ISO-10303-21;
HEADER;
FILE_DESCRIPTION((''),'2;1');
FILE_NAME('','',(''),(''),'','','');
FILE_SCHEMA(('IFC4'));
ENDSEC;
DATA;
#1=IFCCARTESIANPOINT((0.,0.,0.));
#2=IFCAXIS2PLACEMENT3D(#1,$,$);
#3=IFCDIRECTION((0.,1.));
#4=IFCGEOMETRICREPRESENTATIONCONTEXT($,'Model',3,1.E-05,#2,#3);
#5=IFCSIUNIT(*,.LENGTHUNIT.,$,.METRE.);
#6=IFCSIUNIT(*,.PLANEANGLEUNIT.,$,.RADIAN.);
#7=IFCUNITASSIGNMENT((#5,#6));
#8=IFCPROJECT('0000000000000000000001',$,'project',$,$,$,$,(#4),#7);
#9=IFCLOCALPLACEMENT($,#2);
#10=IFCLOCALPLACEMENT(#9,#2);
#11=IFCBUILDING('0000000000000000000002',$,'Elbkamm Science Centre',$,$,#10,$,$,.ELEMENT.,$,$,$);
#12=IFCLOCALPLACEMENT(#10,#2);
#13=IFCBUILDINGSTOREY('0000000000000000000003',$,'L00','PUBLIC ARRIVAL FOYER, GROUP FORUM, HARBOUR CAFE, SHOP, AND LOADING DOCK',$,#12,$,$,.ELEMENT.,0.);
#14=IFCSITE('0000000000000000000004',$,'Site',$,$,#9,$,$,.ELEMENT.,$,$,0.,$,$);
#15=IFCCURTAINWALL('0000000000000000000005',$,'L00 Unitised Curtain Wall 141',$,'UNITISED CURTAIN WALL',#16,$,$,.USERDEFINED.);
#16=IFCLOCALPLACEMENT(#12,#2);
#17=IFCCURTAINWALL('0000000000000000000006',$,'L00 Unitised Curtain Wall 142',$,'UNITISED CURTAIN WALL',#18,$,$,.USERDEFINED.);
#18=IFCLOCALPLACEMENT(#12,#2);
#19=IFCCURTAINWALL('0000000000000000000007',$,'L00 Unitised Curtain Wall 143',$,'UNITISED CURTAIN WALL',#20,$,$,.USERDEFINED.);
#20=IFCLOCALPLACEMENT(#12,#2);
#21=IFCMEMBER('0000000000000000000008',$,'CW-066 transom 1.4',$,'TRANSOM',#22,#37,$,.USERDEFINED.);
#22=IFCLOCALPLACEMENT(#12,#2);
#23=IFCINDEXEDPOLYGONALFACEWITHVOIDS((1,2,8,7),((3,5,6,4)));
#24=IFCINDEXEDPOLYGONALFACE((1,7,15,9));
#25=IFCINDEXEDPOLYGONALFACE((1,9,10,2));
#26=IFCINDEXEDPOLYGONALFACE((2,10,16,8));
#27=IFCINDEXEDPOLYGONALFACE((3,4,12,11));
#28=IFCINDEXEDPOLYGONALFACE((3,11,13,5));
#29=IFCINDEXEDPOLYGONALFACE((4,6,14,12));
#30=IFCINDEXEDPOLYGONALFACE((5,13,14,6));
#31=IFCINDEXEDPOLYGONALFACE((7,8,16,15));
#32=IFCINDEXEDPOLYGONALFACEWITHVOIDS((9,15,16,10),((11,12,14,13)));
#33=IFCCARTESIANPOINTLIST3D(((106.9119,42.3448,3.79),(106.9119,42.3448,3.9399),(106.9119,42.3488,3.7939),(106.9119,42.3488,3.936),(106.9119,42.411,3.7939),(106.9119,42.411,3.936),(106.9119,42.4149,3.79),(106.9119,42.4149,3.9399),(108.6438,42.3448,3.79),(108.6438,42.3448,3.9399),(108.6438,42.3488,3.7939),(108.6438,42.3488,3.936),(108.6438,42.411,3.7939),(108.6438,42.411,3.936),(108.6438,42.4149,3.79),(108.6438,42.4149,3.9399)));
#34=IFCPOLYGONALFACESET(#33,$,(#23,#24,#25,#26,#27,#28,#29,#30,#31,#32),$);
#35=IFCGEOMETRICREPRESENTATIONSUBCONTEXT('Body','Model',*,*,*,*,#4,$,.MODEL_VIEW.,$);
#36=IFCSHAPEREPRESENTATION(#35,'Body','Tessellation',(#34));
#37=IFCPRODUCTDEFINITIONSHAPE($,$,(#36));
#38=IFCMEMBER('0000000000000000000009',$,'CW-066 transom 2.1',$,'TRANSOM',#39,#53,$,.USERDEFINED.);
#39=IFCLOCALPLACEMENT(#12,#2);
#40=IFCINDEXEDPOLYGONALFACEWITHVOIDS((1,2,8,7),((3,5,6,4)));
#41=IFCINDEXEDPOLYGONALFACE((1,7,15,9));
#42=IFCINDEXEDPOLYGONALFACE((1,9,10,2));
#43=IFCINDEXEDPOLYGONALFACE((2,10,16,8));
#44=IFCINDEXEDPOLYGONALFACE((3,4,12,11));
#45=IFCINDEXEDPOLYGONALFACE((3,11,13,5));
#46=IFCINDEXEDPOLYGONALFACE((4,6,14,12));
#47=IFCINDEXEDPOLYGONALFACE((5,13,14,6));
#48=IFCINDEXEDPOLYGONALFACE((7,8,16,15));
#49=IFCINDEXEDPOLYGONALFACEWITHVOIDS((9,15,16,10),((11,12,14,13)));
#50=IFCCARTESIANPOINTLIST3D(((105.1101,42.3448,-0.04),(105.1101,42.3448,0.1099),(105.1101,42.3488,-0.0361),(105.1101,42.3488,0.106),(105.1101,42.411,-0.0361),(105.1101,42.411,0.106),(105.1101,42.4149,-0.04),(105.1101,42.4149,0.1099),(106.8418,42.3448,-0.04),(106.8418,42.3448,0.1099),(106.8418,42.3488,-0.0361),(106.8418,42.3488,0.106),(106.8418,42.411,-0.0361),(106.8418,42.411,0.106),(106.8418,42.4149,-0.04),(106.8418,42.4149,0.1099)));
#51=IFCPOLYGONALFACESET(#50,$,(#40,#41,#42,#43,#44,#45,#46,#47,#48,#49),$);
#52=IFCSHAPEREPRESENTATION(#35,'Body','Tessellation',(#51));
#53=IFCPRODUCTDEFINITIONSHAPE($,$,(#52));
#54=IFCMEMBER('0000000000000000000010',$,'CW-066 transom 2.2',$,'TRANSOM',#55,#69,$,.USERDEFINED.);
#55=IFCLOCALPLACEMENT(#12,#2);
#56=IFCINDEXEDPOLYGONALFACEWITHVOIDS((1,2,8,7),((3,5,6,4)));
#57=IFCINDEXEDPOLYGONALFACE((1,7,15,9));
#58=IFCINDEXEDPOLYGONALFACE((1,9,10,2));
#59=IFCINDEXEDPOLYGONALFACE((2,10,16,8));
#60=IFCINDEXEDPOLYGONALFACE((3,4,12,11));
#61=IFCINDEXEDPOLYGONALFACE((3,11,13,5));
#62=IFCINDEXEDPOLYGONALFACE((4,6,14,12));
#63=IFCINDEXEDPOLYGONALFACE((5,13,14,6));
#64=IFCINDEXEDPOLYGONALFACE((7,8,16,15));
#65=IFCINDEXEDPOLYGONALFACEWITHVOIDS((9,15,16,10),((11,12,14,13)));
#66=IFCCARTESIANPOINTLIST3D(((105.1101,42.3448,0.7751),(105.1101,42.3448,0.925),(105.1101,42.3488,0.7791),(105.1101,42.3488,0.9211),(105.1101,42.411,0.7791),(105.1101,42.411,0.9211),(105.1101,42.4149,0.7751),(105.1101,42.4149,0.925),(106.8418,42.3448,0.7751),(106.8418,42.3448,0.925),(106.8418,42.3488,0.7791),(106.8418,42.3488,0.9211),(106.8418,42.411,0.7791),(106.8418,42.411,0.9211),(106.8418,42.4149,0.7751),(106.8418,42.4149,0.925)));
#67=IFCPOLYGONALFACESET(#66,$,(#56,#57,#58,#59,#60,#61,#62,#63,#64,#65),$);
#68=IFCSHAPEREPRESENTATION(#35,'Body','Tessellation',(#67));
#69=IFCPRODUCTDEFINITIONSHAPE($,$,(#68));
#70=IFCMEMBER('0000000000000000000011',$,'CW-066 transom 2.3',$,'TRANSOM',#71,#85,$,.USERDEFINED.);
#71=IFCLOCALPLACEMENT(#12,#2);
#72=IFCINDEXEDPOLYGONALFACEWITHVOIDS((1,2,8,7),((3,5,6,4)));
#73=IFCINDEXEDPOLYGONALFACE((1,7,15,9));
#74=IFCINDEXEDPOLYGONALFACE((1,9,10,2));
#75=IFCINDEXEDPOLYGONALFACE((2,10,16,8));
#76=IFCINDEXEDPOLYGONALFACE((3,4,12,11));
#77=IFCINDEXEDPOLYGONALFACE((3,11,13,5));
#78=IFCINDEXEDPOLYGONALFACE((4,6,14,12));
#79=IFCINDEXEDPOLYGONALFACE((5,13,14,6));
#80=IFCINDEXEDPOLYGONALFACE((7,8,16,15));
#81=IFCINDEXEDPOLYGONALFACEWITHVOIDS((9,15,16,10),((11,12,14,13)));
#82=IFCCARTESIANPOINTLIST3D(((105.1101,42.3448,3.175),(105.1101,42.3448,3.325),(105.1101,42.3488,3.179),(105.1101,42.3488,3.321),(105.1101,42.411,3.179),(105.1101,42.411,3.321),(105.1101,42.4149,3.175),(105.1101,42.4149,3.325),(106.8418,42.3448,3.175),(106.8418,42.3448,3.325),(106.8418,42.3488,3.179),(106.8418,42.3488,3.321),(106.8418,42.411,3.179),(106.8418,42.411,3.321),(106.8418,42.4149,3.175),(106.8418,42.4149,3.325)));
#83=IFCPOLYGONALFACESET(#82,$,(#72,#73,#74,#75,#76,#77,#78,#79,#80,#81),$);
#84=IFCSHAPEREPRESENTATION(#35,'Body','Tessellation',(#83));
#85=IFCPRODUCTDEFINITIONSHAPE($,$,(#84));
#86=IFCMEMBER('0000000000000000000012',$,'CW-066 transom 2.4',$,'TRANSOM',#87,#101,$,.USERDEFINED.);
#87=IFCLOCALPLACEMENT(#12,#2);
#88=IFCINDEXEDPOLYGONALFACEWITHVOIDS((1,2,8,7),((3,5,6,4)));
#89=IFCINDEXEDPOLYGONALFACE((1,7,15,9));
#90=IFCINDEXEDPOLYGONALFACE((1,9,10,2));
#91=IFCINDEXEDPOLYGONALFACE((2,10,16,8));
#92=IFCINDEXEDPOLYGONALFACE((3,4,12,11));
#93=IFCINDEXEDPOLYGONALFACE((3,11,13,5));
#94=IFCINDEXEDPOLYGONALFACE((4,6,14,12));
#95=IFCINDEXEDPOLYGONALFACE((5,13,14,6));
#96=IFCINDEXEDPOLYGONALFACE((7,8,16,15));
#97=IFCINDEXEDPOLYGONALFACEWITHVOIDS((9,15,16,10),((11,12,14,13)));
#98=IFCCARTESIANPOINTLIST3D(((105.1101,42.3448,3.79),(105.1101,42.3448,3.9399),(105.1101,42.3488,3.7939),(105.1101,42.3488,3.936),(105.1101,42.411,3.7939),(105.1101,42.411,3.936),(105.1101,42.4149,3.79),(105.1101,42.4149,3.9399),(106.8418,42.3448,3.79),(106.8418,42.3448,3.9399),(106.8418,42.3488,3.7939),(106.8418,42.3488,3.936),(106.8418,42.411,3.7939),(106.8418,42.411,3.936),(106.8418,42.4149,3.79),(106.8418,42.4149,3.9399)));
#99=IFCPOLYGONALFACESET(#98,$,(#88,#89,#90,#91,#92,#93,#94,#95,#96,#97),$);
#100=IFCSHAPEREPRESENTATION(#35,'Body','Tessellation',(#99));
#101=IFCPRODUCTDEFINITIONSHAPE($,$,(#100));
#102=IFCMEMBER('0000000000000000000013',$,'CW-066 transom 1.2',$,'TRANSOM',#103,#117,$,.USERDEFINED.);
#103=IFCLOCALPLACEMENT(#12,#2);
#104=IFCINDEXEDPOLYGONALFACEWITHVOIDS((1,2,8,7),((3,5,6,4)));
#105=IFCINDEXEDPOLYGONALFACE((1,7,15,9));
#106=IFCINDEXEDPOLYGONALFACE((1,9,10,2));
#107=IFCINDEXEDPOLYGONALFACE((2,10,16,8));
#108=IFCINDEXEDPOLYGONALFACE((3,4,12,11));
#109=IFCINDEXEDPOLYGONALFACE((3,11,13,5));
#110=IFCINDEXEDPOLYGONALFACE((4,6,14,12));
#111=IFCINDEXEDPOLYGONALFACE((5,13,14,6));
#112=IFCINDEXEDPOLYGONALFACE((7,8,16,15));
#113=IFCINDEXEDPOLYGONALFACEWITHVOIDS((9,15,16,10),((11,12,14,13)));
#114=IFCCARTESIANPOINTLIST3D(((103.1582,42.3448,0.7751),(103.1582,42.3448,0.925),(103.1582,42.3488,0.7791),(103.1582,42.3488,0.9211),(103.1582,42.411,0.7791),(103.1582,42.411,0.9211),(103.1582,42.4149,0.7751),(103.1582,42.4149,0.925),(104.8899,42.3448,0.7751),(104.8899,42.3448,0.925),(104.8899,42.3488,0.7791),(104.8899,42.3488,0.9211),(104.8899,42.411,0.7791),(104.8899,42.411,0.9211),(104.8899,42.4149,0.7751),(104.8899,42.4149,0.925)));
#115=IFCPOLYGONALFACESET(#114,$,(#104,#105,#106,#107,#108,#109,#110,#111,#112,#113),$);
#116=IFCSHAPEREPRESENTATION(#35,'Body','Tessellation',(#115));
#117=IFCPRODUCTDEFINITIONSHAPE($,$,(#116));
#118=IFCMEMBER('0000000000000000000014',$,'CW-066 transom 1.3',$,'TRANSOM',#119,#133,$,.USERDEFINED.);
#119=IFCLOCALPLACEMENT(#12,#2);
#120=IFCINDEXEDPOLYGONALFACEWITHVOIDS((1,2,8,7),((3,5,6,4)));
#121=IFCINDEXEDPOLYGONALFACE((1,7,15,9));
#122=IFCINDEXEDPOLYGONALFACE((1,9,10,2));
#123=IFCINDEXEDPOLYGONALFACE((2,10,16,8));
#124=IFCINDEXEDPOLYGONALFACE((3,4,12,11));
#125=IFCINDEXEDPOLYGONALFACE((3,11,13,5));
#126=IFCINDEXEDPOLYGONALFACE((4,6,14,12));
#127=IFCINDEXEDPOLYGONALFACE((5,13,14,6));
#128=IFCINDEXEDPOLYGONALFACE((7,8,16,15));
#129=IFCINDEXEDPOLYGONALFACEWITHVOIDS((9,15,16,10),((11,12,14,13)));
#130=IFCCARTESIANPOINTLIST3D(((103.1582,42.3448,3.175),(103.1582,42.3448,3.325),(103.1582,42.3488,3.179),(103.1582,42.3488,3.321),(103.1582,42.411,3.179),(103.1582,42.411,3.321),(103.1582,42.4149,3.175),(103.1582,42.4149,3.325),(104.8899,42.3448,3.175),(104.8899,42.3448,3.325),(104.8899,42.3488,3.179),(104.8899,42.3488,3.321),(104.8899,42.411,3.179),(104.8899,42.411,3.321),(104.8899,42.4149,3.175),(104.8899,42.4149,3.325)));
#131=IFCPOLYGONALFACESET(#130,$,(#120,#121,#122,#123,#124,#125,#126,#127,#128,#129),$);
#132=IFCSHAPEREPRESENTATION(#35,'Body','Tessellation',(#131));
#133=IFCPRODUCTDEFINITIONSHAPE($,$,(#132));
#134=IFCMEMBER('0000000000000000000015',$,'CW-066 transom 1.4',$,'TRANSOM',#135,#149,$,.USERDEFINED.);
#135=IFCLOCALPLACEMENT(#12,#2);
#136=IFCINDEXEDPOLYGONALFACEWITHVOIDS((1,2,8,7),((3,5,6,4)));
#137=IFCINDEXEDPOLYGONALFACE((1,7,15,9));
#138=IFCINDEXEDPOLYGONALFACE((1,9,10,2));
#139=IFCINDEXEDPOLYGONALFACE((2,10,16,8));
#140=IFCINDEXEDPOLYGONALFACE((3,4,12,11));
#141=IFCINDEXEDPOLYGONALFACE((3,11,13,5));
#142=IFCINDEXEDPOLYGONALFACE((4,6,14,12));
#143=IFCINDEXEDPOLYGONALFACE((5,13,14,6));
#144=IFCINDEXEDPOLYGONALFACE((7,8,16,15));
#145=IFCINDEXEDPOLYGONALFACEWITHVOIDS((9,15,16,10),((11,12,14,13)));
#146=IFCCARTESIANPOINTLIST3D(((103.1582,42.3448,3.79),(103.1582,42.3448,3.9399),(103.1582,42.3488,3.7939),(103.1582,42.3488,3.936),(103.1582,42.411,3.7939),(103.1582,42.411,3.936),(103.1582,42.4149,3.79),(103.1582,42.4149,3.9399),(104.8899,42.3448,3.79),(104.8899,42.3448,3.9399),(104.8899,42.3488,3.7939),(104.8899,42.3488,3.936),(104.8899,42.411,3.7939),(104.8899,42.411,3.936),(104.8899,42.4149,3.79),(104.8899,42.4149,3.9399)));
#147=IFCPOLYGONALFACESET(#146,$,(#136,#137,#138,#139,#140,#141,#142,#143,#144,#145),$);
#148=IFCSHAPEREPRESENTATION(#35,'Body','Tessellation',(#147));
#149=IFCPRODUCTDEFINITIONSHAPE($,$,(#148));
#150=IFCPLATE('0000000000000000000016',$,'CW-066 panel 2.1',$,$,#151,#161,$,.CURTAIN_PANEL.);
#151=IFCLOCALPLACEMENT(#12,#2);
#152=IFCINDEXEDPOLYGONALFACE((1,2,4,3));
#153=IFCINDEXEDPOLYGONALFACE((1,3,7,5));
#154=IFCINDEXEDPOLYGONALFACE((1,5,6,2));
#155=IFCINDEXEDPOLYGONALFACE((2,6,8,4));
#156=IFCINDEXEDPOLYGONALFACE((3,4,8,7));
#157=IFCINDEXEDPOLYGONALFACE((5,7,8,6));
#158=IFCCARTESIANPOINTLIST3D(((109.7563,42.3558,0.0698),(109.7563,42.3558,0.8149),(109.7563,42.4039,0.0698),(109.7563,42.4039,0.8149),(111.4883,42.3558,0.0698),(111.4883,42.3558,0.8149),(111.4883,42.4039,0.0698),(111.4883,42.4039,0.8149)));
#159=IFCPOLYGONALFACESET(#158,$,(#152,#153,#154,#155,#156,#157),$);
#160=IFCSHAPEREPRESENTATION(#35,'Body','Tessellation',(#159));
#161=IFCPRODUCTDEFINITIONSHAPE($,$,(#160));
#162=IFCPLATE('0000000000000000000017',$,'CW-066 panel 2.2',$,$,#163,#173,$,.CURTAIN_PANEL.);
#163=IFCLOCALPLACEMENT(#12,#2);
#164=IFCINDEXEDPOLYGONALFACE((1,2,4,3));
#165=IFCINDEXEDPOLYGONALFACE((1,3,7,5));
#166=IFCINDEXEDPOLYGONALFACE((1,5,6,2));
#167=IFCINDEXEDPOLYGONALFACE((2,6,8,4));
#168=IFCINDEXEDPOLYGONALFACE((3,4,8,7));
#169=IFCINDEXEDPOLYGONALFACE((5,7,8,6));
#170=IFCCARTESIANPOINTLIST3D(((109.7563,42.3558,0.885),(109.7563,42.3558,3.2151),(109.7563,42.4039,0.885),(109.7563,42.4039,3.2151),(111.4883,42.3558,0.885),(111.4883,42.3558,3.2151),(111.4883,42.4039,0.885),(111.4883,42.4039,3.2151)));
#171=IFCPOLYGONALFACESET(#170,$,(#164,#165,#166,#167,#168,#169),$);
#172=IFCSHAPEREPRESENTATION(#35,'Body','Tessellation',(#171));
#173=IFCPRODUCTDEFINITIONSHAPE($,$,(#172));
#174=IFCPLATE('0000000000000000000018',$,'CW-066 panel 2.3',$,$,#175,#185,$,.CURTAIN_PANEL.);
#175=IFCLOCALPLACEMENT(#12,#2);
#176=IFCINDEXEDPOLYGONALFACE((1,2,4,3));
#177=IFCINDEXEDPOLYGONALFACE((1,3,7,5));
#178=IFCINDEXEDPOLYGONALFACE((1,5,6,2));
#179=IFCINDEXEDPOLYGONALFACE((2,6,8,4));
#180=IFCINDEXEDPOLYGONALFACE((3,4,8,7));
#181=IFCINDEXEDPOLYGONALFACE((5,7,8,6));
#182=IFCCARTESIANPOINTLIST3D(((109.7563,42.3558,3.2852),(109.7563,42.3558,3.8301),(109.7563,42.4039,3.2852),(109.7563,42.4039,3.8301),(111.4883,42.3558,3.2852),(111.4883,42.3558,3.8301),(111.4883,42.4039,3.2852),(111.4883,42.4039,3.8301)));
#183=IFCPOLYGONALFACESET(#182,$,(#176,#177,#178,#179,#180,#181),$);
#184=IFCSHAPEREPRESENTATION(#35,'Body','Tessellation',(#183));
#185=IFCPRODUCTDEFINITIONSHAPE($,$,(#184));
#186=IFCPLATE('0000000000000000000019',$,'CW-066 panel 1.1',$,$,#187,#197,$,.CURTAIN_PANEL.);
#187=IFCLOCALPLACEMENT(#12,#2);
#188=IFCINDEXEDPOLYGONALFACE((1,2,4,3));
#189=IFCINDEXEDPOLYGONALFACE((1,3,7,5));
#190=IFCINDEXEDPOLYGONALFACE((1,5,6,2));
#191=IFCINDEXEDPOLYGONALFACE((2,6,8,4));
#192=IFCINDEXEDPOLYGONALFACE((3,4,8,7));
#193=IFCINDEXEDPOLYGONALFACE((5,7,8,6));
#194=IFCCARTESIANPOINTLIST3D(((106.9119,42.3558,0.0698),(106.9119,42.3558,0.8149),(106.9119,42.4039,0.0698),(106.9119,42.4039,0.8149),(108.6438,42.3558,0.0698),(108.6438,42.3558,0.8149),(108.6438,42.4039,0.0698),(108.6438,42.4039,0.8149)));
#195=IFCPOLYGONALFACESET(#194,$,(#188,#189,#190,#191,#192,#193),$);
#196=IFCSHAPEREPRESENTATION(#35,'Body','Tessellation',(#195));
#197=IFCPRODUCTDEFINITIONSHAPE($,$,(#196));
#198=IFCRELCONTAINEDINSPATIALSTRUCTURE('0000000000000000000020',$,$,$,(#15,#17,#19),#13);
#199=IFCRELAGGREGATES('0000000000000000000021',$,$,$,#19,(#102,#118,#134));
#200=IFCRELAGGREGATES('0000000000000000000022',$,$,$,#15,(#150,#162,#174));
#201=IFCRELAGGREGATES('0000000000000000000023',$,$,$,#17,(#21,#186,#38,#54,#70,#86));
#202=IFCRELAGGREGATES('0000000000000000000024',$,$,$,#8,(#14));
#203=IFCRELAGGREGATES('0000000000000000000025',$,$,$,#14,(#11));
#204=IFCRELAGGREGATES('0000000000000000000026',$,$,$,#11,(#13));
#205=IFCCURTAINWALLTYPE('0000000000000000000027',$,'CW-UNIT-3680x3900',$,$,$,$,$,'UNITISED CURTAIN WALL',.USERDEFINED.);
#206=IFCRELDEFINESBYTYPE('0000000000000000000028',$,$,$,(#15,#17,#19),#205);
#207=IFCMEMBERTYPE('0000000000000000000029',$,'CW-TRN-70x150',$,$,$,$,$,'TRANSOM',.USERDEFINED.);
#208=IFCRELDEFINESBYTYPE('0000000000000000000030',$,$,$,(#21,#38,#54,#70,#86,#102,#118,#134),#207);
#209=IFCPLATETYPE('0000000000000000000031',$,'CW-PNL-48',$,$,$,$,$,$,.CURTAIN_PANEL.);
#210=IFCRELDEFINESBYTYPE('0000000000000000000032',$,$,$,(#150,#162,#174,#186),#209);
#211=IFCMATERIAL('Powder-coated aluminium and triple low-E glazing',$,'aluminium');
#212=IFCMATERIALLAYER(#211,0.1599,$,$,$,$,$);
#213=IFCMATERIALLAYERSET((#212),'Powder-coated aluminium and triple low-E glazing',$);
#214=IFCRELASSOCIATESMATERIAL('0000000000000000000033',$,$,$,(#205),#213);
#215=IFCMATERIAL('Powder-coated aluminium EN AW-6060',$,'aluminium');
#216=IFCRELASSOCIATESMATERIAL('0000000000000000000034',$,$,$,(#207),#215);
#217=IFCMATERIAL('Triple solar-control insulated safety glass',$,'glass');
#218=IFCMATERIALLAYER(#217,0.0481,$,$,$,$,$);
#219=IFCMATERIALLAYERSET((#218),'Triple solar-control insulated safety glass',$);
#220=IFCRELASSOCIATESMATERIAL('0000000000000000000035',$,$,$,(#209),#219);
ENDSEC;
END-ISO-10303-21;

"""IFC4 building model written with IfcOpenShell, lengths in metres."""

from ifc_helpers import new_model, si_unit, direction, frame, origin, origin_2d, place, context, subcontext, project, spatial, rectangle, hollow_rectangle, extrude, material, layer, layer_set, material_profile, profile_set, type_object, element, aggregate, save


model = new_model("IFC4")

# Units and contexts
model_context = context("Model", 3, precision=1e-05, world=origin(), true_north=direction((0.0, 1.0)))
body_context = subcontext(model_context, "Body", "Model", "MODEL_VIEW")
ifc_project = project(units=[si_unit("LENGTHUNIT", "METRE"), si_unit("PLANEANGLEUNIT", "RADIAN")], contexts=[model_context])

# Site, building, storey
site_placement = place(None, origin())
site = spatial("IfcSite", under=ifc_project, at=site_placement, Name="Site", CompositionType="ELEMENT", RefElevation=0.0)
building_placement = place(site_placement, origin())
building = spatial("IfcBuilding", under=site, at=building_placement, Name="Elbkamm Science Centre", CompositionType="ELEMENT")
storey_placement = place(building_placement, origin())
storey = spatial("IfcBuildingStorey", under=building, at=storey_placement, Name="L00", Description="PUBLIC ARRIVAL FOYER, GROUP FORUM, HARBOUR CAFE, SHOP, AND LOADING DOCK", CompositionType="ELEMENT", Elevation=0.0)

# Curtain wall
ifc_material_1 = material(Name="Powder-coated aluminium and triple low-E glazing", Category="aluminium")
ifc_layer_1 = layer(ifc_material_1, 0.1599)
ifc_layer_set_1 = layer_set([ifc_layer_1], Name="Powder-coated aluminium and triple low-E glazing")
curtain_wall_type = type_object("IfcCurtainWallType", Name="CW-UNIT-3680x3900", ElementType="UNITISED CURTAIN WALL", PredefinedType="USERDEFINED", material=ifc_layer_set_1)
curtain_wall_1_placement = place(storey_placement, origin())
curtain_wall_1 = element("IfcCurtainWall", 1, at=curtain_wall_1_placement, inside=storey, type_object=curtain_wall_type, Name="L00 Unitised Curtain Wall 141", ObjectType="UNITISED CURTAIN WALL", PredefinedType="USERDEFINED")
ifc_material_2 = material(Name="Powder-coated aluminium EN AW-6060", Category="aluminium")

# Curtain wall
curtain_wall_2_placement = place(storey_placement, origin())
curtain_wall_2 = element("IfcCurtainWall", 2, at=curtain_wall_2_placement, inside=storey, type_object=curtain_wall_type, Name="L00 Unitised Curtain Wall 142", ObjectType="UNITISED CURTAIN WALL", PredefinedType="USERDEFINED")

# Curtain wall
curtain_wall_3_placement = place(storey_placement, origin())
curtain_wall_3 = element("IfcCurtainWall", 3, at=curtain_wall_3_placement, inside=storey, type_object=curtain_wall_type, Name="L00 Unitised Curtain Wall 143", ObjectType="UNITISED CURTAIN WALL", PredefinedType="USERDEFINED")

# Members
ifc_material_profile_1 = material_profile(ifc_material_2, hollow_rectangle(XDim=0.0701, YDim=0.1499, WallThickness=0.0039, at=origin_2d()), Name="ALU T70x150")
ifc_profile_set_1 = profile_set([ifc_material_profile_1], Name="Powder-coated aluminium EN AW-6060")
member_type_1 = type_object("IfcMemberType", Name="CW-TRN-70x150", ElementType="TRANSOM", PredefinedType="USERDEFINED", material=ifc_profile_set_1)
member_1_placement = place(storey_placement, frame((108.6438, 42.3799, 3.865), z_axis=(-1.0, 0.0, 0.0), x_axis=(0.0, -1.0, 0.0)))
member_1 = element("IfcMember", 4, at=member_1_placement, type_object=member_type_1, Name="CW-066 transom 1.4", ObjectType="TRANSOM", PredefinedType="USERDEFINED", context=body_context, shape_type="SweptSolid", body=[
    extrude(hollow_rectangle(XDim=0.0701, YDim=0.1499, WallThickness=0.0039, at=origin_2d()), origin(), (0.0, 0.0, 1.0), 1.7319),
])
member_2_placement = place(storey_placement, frame((106.8418, 42.3799, 0.0349), z_axis=(-1.0, 0.0, 0.0), x_axis=(0.0, -1.0, 0.0)))
member_2 = element("IfcMember", 5, at=member_2_placement, type_object=member_type_1, Name="CW-066 transom 2.1", ObjectType="TRANSOM", PredefinedType="USERDEFINED", context=body_context, shape_type="SweptSolid", body=[
    extrude(hollow_rectangle(XDim=0.0701, YDim=0.1499, WallThickness=0.0039, at=origin_2d()), origin(), (0.0, 0.0, 1.0), 1.7317),
])
member_3_placement = place(storey_placement, frame((106.8418, 42.3799, 0.8501), z_axis=(-1.0, 0.0, 0.0), x_axis=(0.0, -1.0, 0.0)))
member_3 = element("IfcMember", 6, at=member_3_placement, type_object=member_type_1, Name="CW-066 transom 2.2", ObjectType="TRANSOM", PredefinedType="USERDEFINED", context=body_context, shape_type="SweptSolid", body=[
    extrude(hollow_rectangle(XDim=0.0701, YDim=0.1499, WallThickness=0.0039, at=origin_2d()), origin(), (0.0, 0.0, 1.0), 1.7317),
])
member_4_placement = place(storey_placement, frame((106.8418, 42.3799, 3.25), z_axis=(-1.0, 0.0, 0.0), x_axis=(0.0, -1.0, 0.0)))
member_4 = element("IfcMember", 7, at=member_4_placement, type_object=member_type_1, Name="CW-066 transom 2.3", ObjectType="TRANSOM", PredefinedType="USERDEFINED", context=body_context, shape_type="SweptSolid", body=[
    extrude(hollow_rectangle(XDim=0.0701, YDim=0.1499, WallThickness=0.0039, at=origin_2d()), origin(), (0.0, 0.0, 1.0), 1.7317),
])
member_5_placement = place(storey_placement, frame((106.8418, 42.3799, 3.865), z_axis=(-1.0, 0.0, 0.0), x_axis=(0.0, -1.0, 0.0)))
member_5 = element("IfcMember", 8, at=member_5_placement, type_object=member_type_1, Name="CW-066 transom 2.4", ObjectType="TRANSOM", PredefinedType="USERDEFINED", context=body_context, shape_type="SweptSolid", body=[
    extrude(hollow_rectangle(XDim=0.0701, YDim=0.1499, WallThickness=0.0039, at=origin_2d()), origin(), (0.0, 0.0, 1.0), 1.7317),
])
member_6_placement = place(storey_placement, frame((104.8899, 42.3799, 0.8501), z_axis=(-1.0, 0.0, 0.0), x_axis=(0.0, -1.0, 0.0)))
member_6 = element("IfcMember", 9, at=member_6_placement, type_object=member_type_1, Name="CW-066 transom 1.2", ObjectType="TRANSOM", PredefinedType="USERDEFINED", context=body_context, shape_type="SweptSolid", body=[
    extrude(hollow_rectangle(XDim=0.0701, YDim=0.1499, WallThickness=0.0039, at=origin_2d()), origin(), (0.0, 0.0, 1.0), 1.7317),
])
member_7_placement = place(storey_placement, frame((104.8899, 42.3799, 3.25), z_axis=(-1.0, 0.0, 0.0), x_axis=(0.0, -1.0, 0.0)))
member_7 = element("IfcMember", 10, at=member_7_placement, type_object=member_type_1, Name="CW-066 transom 1.3", ObjectType="TRANSOM", PredefinedType="USERDEFINED", context=body_context, shape_type="SweptSolid", body=[
    extrude(hollow_rectangle(XDim=0.0701, YDim=0.1499, WallThickness=0.0039, at=origin_2d()), origin(), (0.0, 0.0, 1.0), 1.7317),
])
member_8_placement = place(storey_placement, frame((104.8899, 42.3799, 3.865), z_axis=(-1.0, 0.0, 0.0), x_axis=(0.0, -1.0, 0.0)))
member_8 = element("IfcMember", 11, at=member_8_placement, type_object=member_type_1, Name="CW-066 transom 1.4", ObjectType="TRANSOM", PredefinedType="USERDEFINED", context=body_context, shape_type="SweptSolid", body=[
    extrude(hollow_rectangle(XDim=0.0701, YDim=0.1499, WallThickness=0.0039, at=origin_2d()), origin(), (0.0, 0.0, 1.0), 1.7317),
])
aggregate(curtain_wall_3, [member_6, member_7, member_8])

# Plates
ifc_material_3 = material(Name="Triple solar-control insulated safety glass", Category="glass")
ifc_layer_2 = layer(ifc_material_3, 0.0481)
ifc_layer_set_2 = layer_set([ifc_layer_2], Name="Triple solar-control insulated safety glass")
plate_type = type_object("IfcPlateType", Name="CW-PNL-48", PredefinedType="CURTAIN_PANEL", material=ifc_layer_set_2)
plate_1_placement = place(storey_placement, frame((110.6223, 42.3799, 0.0698), z_axis=(0.0, 0.0, 1.0), x_axis=(-1.0, 0.0, 0.0)))
plate_1 = element("IfcPlate", 12, at=plate_1_placement, type_object=plate_type, Name="CW-066 panel 2.1", PredefinedType="CURTAIN_PANEL", context=body_context, shape_type="SweptSolid", body=[
    extrude(rectangle(XDim=1.7319, YDim=0.0481, at=origin_2d()), origin(), (0.0, 0.0, 1.0), 0.7451),
])
plate_2_placement = place(storey_placement, frame((110.6223, 42.3799, 0.885), z_axis=(0.0, 0.0, 1.0), x_axis=(-1.0, 0.0, 0.0)))
plate_2 = element("IfcPlate", 13, at=plate_2_placement, type_object=plate_type, Name="CW-066 panel 2.2", PredefinedType="CURTAIN_PANEL", context=body_context, shape_type="SweptSolid", body=[
    extrude(rectangle(XDim=1.7319, YDim=0.0481, at=origin_2d()), origin(), (0.0, 0.0, 1.0), 2.3301),
])
plate_3_placement = place(storey_placement, frame((110.6223, 42.3799, 3.2852), z_axis=(0.0, 0.0, 1.0), x_axis=(-1.0, 0.0, 0.0)))
plate_3 = element("IfcPlate", 14, at=plate_3_placement, type_object=plate_type, Name="CW-066 panel 2.3", PredefinedType="CURTAIN_PANEL", context=body_context, shape_type="SweptSolid", body=[
    extrude(rectangle(XDim=1.7319, YDim=0.0481, at=origin_2d()), origin(), (0.0, 0.0, 1.0), 0.5449),
])
aggregate(curtain_wall_1, [plate_1, plate_2, plate_3])
plate_4_placement = place(storey_placement, frame((107.7778, 42.3799, 0.0698), z_axis=(0.0, 0.0, 1.0), x_axis=(-1.0, 0.0, 0.0)))
plate_4 = element("IfcPlate", 15, at=plate_4_placement, type_object=plate_type, Name="CW-066 panel 1.1", PredefinedType="CURTAIN_PANEL", context=body_context, shape_type="SweptSolid", body=[
    extrude(rectangle(XDim=1.7319, YDim=0.0481, at=origin_2d()), origin(), (0.0, 0.0, 1.0), 0.7451),
])
aggregate(curtain_wall_2, [member_1, plate_4, member_2, member_3, member_4, member_5])

save(model, "model.ifc")
